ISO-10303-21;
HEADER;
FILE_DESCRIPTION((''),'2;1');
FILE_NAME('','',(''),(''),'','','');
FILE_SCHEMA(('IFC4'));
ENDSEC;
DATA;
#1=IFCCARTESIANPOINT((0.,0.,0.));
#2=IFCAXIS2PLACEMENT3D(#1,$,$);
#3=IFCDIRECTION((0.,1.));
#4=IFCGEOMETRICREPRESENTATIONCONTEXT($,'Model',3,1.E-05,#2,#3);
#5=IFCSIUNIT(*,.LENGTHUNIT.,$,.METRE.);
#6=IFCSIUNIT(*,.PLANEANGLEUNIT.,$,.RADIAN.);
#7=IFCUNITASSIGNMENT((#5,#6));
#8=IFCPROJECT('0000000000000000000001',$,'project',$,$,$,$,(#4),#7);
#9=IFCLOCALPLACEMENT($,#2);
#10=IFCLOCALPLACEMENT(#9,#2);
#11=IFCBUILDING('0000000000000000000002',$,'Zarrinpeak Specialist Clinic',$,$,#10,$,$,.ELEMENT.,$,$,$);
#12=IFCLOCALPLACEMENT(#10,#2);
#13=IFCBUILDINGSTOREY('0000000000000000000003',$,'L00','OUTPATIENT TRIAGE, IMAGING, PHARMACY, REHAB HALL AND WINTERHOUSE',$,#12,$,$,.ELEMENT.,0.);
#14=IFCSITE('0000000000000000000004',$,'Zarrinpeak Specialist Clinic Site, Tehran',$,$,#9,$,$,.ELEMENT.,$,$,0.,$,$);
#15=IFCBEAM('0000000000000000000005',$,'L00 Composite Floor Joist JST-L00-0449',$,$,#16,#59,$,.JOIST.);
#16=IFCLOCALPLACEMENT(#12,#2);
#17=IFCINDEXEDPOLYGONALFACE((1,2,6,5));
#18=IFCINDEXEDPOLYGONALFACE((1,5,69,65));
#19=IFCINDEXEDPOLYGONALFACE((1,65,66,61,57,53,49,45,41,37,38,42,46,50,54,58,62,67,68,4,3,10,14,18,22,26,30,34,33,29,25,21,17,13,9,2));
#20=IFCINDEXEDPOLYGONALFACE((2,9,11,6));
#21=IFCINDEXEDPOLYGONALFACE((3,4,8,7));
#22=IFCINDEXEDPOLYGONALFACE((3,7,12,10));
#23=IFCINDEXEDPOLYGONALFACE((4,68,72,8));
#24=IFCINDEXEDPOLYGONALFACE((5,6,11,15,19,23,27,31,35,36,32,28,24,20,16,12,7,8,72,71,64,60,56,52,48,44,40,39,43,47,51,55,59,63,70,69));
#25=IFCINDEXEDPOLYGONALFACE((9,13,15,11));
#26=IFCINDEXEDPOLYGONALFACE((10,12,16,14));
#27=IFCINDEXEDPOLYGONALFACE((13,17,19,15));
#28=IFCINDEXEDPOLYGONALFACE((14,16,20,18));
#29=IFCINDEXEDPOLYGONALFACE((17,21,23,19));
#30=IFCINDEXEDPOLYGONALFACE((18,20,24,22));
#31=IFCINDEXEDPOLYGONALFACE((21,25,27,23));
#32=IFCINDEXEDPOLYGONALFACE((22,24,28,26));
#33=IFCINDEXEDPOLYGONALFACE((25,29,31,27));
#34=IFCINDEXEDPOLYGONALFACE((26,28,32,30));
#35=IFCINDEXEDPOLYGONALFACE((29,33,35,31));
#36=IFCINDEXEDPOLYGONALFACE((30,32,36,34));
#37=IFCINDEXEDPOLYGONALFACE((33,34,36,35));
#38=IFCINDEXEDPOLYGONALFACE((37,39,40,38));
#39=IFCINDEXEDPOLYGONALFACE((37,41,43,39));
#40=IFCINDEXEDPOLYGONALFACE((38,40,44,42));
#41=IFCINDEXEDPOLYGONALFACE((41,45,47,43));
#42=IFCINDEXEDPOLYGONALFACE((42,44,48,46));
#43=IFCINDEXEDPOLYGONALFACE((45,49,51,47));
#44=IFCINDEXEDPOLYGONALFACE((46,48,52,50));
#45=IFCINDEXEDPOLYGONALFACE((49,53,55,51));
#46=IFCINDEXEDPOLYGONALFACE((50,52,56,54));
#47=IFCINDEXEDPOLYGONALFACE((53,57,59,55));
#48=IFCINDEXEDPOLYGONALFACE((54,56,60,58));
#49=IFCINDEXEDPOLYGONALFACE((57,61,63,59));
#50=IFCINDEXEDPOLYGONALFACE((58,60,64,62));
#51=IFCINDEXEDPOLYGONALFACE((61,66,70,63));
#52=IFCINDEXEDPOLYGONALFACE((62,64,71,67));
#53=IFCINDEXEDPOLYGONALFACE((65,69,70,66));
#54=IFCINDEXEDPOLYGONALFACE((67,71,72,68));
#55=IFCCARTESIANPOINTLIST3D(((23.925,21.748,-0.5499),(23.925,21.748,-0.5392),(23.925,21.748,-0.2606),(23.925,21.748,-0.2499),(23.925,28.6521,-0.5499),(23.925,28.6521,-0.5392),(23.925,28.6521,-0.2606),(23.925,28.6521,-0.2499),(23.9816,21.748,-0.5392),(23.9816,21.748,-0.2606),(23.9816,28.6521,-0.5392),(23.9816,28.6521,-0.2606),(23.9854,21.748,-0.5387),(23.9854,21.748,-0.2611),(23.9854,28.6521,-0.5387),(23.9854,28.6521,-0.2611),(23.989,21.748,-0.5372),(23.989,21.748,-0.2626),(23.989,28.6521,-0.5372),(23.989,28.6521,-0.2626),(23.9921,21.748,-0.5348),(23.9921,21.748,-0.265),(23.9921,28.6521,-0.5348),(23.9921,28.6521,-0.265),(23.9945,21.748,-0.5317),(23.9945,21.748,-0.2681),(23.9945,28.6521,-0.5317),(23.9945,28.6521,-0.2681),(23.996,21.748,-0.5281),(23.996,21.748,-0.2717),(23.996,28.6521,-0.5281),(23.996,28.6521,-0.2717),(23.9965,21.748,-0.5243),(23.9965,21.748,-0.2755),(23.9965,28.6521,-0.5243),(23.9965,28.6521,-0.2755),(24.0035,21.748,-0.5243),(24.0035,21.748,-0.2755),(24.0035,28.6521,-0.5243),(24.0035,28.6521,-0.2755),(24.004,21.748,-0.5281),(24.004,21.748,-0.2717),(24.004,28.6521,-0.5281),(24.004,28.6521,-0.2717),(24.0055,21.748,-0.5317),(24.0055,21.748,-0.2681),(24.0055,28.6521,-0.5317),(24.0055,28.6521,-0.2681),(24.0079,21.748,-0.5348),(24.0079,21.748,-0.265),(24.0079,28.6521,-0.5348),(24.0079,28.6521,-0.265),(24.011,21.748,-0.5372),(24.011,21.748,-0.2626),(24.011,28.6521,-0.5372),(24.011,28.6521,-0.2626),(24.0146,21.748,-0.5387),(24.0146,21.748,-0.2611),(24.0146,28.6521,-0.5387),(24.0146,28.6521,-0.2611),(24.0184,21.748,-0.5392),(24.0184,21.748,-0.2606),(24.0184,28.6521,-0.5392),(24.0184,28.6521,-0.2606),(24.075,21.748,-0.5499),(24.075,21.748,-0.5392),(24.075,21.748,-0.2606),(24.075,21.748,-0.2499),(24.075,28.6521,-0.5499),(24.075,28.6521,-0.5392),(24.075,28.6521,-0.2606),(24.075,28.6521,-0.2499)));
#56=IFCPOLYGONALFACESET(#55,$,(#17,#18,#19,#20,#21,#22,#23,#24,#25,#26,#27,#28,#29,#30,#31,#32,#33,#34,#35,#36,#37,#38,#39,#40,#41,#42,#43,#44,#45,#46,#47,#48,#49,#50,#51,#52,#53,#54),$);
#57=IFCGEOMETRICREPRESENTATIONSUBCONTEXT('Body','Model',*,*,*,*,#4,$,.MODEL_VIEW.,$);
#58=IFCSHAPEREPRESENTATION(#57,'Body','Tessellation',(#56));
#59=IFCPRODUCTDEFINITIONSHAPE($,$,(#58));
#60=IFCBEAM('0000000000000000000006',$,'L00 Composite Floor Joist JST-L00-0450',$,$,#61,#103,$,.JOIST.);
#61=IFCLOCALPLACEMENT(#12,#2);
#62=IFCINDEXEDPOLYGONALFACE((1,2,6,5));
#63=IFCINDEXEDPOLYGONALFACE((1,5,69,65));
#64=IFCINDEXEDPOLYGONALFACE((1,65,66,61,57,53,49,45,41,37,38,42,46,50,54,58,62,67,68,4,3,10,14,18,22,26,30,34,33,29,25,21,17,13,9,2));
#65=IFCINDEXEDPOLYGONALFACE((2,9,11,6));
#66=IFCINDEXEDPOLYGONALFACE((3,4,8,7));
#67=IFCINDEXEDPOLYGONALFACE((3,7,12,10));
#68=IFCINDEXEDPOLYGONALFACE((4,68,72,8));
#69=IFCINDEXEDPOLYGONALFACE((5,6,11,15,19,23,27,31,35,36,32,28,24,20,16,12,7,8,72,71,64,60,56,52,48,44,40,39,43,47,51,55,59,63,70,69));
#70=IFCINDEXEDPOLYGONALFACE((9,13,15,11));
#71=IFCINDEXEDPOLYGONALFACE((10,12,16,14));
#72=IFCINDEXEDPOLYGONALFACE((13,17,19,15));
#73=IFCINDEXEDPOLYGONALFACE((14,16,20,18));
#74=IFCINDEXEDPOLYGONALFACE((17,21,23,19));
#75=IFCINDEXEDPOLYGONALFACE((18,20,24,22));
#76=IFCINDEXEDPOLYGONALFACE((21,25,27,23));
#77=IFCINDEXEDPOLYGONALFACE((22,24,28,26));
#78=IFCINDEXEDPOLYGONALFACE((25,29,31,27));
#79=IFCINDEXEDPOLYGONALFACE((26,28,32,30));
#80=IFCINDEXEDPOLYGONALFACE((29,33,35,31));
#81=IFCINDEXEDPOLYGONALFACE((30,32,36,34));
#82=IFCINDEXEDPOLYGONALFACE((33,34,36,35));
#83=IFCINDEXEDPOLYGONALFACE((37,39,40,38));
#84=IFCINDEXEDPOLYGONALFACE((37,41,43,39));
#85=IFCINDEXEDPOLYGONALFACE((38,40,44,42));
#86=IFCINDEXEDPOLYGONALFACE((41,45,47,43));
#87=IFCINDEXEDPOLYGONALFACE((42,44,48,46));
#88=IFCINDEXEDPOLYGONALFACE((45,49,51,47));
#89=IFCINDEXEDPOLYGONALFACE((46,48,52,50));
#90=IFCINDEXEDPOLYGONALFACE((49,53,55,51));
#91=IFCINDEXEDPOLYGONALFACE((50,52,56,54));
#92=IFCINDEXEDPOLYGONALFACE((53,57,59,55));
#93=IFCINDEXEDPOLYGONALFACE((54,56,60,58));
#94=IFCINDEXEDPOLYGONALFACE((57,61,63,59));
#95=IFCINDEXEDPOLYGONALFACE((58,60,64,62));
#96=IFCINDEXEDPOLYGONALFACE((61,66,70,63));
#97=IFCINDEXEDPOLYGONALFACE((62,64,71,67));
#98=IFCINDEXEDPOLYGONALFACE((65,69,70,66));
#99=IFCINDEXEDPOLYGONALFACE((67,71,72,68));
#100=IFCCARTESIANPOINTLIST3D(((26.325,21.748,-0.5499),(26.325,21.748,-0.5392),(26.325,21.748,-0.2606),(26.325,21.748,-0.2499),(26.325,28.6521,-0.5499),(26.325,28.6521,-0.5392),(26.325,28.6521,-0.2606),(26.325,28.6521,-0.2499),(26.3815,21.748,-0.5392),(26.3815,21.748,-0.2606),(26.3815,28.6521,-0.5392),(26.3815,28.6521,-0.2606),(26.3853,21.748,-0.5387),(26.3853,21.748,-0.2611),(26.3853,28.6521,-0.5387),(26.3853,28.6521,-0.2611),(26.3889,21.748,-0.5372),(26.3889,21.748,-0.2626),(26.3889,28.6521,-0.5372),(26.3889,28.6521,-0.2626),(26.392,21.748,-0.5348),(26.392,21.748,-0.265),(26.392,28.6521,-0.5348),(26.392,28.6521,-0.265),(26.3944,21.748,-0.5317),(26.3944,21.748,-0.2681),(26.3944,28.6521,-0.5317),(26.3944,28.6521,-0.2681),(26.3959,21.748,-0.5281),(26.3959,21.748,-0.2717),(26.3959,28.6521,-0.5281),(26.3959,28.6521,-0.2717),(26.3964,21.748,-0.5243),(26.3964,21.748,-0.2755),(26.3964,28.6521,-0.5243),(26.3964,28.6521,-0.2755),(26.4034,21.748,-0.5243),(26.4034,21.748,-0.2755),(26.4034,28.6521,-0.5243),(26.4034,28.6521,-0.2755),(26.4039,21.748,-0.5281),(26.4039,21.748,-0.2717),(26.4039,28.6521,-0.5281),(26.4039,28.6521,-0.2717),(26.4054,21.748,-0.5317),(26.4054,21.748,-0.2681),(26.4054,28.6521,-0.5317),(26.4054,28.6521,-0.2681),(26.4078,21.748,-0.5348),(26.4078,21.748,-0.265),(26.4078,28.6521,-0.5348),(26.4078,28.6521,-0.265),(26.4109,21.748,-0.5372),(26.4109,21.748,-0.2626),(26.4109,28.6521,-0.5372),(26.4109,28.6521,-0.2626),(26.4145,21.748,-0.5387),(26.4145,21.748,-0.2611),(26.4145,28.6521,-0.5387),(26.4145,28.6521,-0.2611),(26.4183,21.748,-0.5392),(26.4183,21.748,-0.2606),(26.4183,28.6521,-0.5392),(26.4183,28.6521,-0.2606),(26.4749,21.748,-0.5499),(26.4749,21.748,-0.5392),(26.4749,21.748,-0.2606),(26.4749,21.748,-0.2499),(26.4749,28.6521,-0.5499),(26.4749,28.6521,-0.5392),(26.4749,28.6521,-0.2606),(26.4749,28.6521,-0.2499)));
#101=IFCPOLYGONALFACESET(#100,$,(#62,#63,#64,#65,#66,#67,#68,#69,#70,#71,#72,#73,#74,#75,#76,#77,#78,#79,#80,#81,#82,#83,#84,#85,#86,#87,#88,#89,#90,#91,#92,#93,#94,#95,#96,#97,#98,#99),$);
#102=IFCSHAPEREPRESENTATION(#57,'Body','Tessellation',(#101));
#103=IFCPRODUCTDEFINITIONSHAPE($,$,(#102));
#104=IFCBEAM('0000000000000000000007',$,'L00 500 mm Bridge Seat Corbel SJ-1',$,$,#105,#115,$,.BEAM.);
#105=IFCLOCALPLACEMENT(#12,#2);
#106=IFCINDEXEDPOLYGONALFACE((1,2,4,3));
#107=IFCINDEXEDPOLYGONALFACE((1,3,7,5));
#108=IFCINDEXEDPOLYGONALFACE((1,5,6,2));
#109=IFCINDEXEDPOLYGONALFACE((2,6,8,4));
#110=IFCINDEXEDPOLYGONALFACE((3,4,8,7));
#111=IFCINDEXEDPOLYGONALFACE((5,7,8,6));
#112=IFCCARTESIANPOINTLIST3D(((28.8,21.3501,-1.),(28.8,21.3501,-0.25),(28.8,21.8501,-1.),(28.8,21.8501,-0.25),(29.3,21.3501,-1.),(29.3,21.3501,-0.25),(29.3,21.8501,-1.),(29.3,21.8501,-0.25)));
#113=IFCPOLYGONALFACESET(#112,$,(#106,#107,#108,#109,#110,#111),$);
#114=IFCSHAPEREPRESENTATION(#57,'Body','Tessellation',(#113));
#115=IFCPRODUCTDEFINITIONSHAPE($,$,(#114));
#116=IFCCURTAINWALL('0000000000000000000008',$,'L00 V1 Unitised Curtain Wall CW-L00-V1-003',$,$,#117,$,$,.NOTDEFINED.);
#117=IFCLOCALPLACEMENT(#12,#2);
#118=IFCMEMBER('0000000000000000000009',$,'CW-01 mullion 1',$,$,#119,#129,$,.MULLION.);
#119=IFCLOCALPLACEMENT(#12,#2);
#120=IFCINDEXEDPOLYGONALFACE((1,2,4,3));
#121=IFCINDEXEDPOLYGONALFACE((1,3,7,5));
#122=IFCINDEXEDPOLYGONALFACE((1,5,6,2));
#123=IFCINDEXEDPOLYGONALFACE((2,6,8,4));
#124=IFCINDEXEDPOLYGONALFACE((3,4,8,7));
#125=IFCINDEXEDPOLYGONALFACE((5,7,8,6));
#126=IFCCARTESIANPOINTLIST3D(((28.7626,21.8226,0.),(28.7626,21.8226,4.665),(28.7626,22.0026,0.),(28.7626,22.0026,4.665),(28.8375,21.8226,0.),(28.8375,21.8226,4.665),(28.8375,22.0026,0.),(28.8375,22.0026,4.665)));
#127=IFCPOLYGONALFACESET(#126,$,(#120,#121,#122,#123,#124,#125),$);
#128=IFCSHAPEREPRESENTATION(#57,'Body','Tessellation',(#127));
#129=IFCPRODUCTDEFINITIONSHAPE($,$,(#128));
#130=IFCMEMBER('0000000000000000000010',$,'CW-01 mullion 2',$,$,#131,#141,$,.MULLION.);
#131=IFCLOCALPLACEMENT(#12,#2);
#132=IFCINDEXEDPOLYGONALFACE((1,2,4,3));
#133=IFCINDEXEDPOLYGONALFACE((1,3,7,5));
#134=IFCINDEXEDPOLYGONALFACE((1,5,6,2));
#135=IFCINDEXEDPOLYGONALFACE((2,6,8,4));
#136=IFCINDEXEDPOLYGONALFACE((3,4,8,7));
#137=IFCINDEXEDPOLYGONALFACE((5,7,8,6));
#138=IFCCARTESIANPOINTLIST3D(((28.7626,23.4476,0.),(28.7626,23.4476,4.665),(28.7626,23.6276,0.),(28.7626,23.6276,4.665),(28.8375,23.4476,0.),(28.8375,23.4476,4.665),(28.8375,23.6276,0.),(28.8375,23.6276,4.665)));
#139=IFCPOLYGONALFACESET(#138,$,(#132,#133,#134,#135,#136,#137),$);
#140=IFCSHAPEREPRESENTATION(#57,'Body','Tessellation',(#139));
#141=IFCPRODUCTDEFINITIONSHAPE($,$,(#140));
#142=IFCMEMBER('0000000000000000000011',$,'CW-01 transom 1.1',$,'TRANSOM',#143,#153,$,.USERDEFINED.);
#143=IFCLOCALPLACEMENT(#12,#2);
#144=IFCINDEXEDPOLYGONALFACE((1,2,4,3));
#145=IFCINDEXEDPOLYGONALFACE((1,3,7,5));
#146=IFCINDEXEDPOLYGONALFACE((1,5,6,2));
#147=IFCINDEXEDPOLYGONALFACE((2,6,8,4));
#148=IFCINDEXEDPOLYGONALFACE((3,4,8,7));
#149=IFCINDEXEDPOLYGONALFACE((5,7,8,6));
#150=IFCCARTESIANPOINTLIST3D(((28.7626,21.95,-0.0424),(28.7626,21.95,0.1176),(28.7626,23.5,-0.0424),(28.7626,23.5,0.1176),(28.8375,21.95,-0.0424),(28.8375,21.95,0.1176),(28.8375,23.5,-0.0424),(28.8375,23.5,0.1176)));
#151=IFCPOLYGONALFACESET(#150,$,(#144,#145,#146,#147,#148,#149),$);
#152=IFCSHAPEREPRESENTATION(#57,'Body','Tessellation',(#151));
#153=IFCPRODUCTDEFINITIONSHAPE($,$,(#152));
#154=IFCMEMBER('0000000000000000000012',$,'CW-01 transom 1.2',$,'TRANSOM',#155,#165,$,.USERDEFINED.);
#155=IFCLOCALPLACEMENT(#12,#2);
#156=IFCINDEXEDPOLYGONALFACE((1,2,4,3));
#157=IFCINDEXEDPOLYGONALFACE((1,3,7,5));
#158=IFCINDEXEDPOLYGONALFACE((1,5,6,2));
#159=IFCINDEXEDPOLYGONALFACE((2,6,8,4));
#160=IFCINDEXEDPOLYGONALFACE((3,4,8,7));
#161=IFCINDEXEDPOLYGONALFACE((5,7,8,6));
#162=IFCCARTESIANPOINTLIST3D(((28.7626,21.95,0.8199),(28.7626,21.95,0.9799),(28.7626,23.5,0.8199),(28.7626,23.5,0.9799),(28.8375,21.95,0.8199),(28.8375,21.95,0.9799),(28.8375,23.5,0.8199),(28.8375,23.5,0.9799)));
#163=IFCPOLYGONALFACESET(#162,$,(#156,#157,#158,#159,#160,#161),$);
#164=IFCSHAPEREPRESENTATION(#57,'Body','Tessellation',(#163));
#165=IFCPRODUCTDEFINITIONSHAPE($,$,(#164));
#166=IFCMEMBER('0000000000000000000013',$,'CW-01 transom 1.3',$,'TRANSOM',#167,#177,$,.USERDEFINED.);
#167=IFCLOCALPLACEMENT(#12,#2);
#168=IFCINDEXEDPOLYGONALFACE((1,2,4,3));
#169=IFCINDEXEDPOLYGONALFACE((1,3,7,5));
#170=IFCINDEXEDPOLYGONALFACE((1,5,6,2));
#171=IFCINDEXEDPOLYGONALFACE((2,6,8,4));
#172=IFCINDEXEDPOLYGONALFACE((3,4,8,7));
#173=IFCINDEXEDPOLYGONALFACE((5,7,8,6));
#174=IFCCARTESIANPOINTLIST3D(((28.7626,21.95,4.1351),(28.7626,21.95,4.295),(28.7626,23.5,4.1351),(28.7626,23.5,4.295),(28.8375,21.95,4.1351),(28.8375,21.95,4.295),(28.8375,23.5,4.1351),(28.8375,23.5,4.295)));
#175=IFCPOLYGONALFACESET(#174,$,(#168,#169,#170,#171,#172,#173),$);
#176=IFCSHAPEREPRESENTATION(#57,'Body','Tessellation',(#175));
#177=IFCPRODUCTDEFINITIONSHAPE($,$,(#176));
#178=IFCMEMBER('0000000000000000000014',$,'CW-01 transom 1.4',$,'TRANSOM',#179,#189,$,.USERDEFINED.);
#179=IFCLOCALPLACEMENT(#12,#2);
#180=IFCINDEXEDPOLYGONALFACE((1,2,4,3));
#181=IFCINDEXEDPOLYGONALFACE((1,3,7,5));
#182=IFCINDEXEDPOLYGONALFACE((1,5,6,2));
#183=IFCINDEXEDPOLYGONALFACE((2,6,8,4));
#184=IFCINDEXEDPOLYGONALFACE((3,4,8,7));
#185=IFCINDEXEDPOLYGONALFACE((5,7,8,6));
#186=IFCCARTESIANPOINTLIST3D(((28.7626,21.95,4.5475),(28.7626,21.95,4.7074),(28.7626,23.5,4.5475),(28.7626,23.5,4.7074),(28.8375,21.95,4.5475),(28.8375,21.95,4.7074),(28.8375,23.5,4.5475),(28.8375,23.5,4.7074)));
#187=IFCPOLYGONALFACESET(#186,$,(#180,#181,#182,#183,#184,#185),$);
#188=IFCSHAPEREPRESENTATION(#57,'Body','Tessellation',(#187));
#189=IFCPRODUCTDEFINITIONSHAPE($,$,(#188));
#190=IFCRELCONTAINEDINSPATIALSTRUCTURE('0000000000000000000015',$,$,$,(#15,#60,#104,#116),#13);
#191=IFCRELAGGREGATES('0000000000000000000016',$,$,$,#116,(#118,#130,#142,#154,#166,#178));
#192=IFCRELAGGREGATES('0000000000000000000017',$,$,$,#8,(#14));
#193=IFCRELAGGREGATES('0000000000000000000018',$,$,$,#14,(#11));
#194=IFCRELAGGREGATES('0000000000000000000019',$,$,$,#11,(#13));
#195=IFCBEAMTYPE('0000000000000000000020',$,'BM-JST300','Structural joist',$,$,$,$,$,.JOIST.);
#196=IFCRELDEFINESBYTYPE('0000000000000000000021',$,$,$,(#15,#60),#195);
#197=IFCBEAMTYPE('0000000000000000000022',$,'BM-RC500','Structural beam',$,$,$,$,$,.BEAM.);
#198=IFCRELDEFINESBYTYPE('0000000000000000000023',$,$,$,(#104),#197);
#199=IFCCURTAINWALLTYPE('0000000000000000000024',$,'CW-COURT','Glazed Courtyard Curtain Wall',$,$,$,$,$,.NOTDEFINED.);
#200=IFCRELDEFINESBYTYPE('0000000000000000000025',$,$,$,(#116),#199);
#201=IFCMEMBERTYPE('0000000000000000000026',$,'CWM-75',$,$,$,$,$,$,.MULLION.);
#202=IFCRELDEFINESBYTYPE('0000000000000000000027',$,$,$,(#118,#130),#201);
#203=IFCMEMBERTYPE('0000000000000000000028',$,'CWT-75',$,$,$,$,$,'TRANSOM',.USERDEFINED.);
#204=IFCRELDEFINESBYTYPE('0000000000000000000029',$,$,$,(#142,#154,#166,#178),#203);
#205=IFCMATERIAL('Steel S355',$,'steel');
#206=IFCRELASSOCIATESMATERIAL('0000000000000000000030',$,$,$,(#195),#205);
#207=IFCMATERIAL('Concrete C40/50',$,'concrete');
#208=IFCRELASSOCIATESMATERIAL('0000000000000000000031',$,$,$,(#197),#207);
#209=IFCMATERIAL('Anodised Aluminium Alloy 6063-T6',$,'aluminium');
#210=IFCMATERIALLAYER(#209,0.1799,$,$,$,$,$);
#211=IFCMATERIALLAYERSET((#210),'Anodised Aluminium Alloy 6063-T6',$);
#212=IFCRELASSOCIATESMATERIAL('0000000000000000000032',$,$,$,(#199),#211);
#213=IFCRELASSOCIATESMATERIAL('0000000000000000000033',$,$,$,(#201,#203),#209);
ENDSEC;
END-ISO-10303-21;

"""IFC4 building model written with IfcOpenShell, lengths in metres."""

from ifc_helpers import new_model, si_unit, direction, frame, origin, origin_2d, place, context, subcontext, project, spatial, rectangle, i_section, extrude, material, layer, layer_set, material_profile, profile_set, type_object, element, aggregate, save


model = new_model("IFC4")

# Units and contexts
model_context = context("Model", 3, precision=1e-05, world=origin(), true_north=direction((0.0, 1.0)))
body_context = subcontext(model_context, "Body", "Model", "MODEL_VIEW")
ifc_project = project(units=[si_unit("LENGTHUNIT", "METRE"), si_unit("PLANEANGLEUNIT", "RADIAN")], contexts=[model_context])

# Site, building, storey
site_placement = place(None, origin())
site = spatial("IfcSite", under=ifc_project, at=site_placement, Name="Zarrinpeak Specialist Clinic Site, Tehran", CompositionType="ELEMENT", RefElevation=0.0)
building_placement = place(site_placement, origin())
building = spatial("IfcBuilding", under=site, at=building_placement, Name="Zarrinpeak Specialist Clinic", CompositionType="ELEMENT")
storey_placement = place(building_placement, origin())
storey = spatial("IfcBuildingStorey", under=building, at=storey_placement, Name="L00", Description="OUTPATIENT TRIAGE, IMAGING, PHARMACY, REHAB HALL AND WINTERHOUSE", CompositionType="ELEMENT", Elevation=0.0)

# Shared definitions
ifc_material_1 = material(Name="Steel S355", Category="steel")

# Beams
ifc_material_profile_1 = material_profile(ifc_material_1, i_section(OverallWidth=0.1499, OverallDepth=0.3, WebThickness=0.0071, FlangeThickness=0.0107, FilletRadius=0.0149, at=origin_2d()), Name="IPE 300")
ifc_profile_set_1 = profile_set([ifc_material_profile_1], Name="Steel S355")
beam_type_1 = type_object("IfcBeamType", Name="BM-JST300", Description="Structural joist", PredefinedType="JOIST", material=ifc_profile_set_1)
for number, where, z_axis, x_axis, name in (
    (1, (24.0, 21.748, -0.3999), (0.0, 1.0, 0.0), (-1.0, 0.0, 0.0), "L00 Composite Floor Joist JST-L00-0449"),
    (2, (26.3999, 21.748, -0.3999), (0.0, 1.0, 0.0), (-1.0, 0.0, 0.0), "L00 Composite Floor Joist JST-L00-0450"),
):
    element("IfcBeam", number, at=place(storey_placement, frame(where, z_axis=z_axis, x_axis=x_axis)), inside=storey, type_object=beam_type_1, Name=name, PredefinedType="JOIST", context=body_context, shape_type="SweptSolid", body=[
        extrude(i_section(OverallWidth=0.1499, OverallDepth=0.3, WebThickness=0.0071, FlangeThickness=0.0107, FilletRadius=0.0149, at=origin_2d()), origin(), (0.0, 0.0, 1.0), 6.9041),
    ])
ifc_material_2 = material(Name="Concrete C40/50", Category="concrete")
ifc_material_profile_2 = material_profile(ifc_material_2, rectangle(XDim=0.5, YDim=0.75, at=origin_2d()), Name="RC 500x750")
ifc_profile_set_2 = profile_set([ifc_material_profile_2], Name="Concrete C40/50")
beam_type_2 = type_object("IfcBeamType", Name="BM-RC500", Description="Structural beam", PredefinedType="BEAM", material=ifc_profile_set_2)
beam_1_placement = place(storey_placement, frame((28.8, 21.6001, -0.625), z_axis=(1.0, 0.0, 0.0), x_axis=(0.0, 1.0, 0.0)))
element("IfcBeam", 3, at=beam_1_placement, inside=storey, type_object=beam_type_2, Name="L00 500 mm Bridge Seat Corbel SJ-1", PredefinedType="BEAM", context=body_context, shape_type="SweptSolid", body=[
    extrude(rectangle(XDim=0.5, YDim=0.75, at=origin_2d()), origin(), (0.0, 0.0, 1.0), 0.5),
])

# Curtain wall, members
ifc_material_3 = material(Name="Anodised Aluminium Alloy 6063-T6", Category="aluminium")
ifc_layer_1 = layer(ifc_material_3, 0.1799)
ifc_layer_set_1 = layer_set([ifc_layer_1], Name="Anodised Aluminium Alloy 6063-T6")
curtain_wall_type = type_object("IfcCurtainWallType", Name="CW-COURT", Description="Glazed Courtyard Curtain Wall", PredefinedType="NOTDEFINED", material=ifc_layer_set_1)
curtain_wall_placement = place(storey_placement, origin())
curtain_wall = element("IfcCurtainWall", 4, at=curtain_wall_placement, inside=storey, type_object=curtain_wall_type, Name="L00 V1 Unitised Curtain Wall CW-L00-V1-003", PredefinedType="NOTDEFINED")
ifc_material_profile_3 = material_profile(ifc_material_3, rectangle(XDim=0.075, YDim=0.1799, at=origin_2d()), Name="ALU 75x180")
ifc_profile_set_3 = profile_set([ifc_material_profile_3], Name="Anodised Aluminium Alloy 6063-T6")
member_type_1 = type_object("IfcMemberType", Name="CWM-75", PredefinedType="MULLION", material=ifc_profile_set_3)
member_1_placement = place(storey_placement, frame((28.8, 21.9126, 0.0), z_axis=(0.0, 0.0, 1.0), x_axis=(-1.0, 0.0, 0.0)))
member_1 = element("IfcMember", 5, at=member_1_placement, type_object=member_type_1, Name="CW-01 mullion 1", PredefinedType="MULLION", context=body_context, shape_type="SweptSolid", body=[
    extrude(rectangle(XDim=0.075, YDim=0.1799, at=origin_2d()), origin(), (0.0, 0.0, 1.0), 4.665),
])
member_2_placement = place(storey_placement, frame((28.8, 23.5376, 0.0), z_axis=(0.0, 0.0, 1.0), x_axis=(-1.0, 0.0, 0.0)))
member_2 = element("IfcMember", 6, at=member_2_placement, type_object=member_type_1, Name="CW-01 mullion 2", PredefinedType="MULLION", context=body_context, shape_type="SweptSolid", body=[
    extrude(rectangle(XDim=0.075, YDim=0.1799, at=origin_2d()), origin(), (0.0, 0.0, 1.0), 4.665),
])
ifc_material_profile_4 = material_profile(ifc_material_3, rectangle(XDim=0.075, YDim=0.1599, at=origin_2d()), Name="ALU 75x160")
ifc_profile_set_4 = profile_set([ifc_material_profile_4], Name="Anodised Aluminium Alloy 6063-T6")
member_type_2 = type_object("IfcMemberType", Name="CWT-75", ElementType="TRANSOM", PredefinedType="USERDEFINED", material=ifc_profile_set_4)
member_3_placement = place(storey_placement, frame((28.8, 21.95, 0.0376), z_axis=(0.0, 1.0, 0.0), x_axis=(-1.0, 0.0, 0.0)))
member_3 = element("IfcMember", 7, at=member_3_placement, type_object=member_type_2, Name="CW-01 transom 1.1", ObjectType="TRANSOM", PredefinedType="USERDEFINED", context=body_context, shape_type="SweptSolid", body=[
    extrude(rectangle(XDim=0.075, YDim=0.1599, at=origin_2d()), origin(), (0.0, 0.0, 1.0), 1.55),
])
member_4_placement = place(storey_placement, frame((28.8, 21.95, 0.8999), z_axis=(0.0, 1.0, 0.0), x_axis=(-1.0, 0.0, 0.0)))
member_4 = element("IfcMember", 8, at=member_4_placement, type_object=member_type_2, Name="CW-01 transom 1.2", ObjectType="TRANSOM", PredefinedType="USERDEFINED", context=body_context, shape_type="SweptSolid", body=[
    extrude(rectangle(XDim=0.075, YDim=0.1599, at=origin_2d()), origin(), (0.0, 0.0, 1.0), 1.55),
])
member_5_placement = place(storey_placement, frame((28.8, 21.95, 4.2151), z_axis=(0.0, 1.0, 0.0), x_axis=(-1.0, 0.0, 0.0)))
member_5 = element("IfcMember", 9, at=member_5_placement, type_object=member_type_2, Name="CW-01 transom 1.3", ObjectType="TRANSOM", PredefinedType="USERDEFINED", context=body_context, shape_type="SweptSolid", body=[
    extrude(rectangle(XDim=0.075, YDim=0.1599, at=origin_2d()), origin(), (0.0, 0.0, 1.0), 1.55),
])
member_6_placement = place(storey_placement, frame((28.8, 21.95, 4.6274), z_axis=(0.0, 1.0, 0.0), x_axis=(-1.0, 0.0, 0.0)))
member_6 = element("IfcMember", 10, at=member_6_placement, type_object=member_type_2, Name="CW-01 transom 1.4", ObjectType="TRANSOM", PredefinedType="USERDEFINED", context=body_context, shape_type="SweptSolid", body=[
    extrude(rectangle(XDim=0.075, YDim=0.1599, at=origin_2d()), origin(), (0.0, 0.0, 1.0), 1.55),
])
aggregate(curtain_wall, [member_1, member_2, member_3, member_4, member_5, member_6])

save(model, "model.ifc")
